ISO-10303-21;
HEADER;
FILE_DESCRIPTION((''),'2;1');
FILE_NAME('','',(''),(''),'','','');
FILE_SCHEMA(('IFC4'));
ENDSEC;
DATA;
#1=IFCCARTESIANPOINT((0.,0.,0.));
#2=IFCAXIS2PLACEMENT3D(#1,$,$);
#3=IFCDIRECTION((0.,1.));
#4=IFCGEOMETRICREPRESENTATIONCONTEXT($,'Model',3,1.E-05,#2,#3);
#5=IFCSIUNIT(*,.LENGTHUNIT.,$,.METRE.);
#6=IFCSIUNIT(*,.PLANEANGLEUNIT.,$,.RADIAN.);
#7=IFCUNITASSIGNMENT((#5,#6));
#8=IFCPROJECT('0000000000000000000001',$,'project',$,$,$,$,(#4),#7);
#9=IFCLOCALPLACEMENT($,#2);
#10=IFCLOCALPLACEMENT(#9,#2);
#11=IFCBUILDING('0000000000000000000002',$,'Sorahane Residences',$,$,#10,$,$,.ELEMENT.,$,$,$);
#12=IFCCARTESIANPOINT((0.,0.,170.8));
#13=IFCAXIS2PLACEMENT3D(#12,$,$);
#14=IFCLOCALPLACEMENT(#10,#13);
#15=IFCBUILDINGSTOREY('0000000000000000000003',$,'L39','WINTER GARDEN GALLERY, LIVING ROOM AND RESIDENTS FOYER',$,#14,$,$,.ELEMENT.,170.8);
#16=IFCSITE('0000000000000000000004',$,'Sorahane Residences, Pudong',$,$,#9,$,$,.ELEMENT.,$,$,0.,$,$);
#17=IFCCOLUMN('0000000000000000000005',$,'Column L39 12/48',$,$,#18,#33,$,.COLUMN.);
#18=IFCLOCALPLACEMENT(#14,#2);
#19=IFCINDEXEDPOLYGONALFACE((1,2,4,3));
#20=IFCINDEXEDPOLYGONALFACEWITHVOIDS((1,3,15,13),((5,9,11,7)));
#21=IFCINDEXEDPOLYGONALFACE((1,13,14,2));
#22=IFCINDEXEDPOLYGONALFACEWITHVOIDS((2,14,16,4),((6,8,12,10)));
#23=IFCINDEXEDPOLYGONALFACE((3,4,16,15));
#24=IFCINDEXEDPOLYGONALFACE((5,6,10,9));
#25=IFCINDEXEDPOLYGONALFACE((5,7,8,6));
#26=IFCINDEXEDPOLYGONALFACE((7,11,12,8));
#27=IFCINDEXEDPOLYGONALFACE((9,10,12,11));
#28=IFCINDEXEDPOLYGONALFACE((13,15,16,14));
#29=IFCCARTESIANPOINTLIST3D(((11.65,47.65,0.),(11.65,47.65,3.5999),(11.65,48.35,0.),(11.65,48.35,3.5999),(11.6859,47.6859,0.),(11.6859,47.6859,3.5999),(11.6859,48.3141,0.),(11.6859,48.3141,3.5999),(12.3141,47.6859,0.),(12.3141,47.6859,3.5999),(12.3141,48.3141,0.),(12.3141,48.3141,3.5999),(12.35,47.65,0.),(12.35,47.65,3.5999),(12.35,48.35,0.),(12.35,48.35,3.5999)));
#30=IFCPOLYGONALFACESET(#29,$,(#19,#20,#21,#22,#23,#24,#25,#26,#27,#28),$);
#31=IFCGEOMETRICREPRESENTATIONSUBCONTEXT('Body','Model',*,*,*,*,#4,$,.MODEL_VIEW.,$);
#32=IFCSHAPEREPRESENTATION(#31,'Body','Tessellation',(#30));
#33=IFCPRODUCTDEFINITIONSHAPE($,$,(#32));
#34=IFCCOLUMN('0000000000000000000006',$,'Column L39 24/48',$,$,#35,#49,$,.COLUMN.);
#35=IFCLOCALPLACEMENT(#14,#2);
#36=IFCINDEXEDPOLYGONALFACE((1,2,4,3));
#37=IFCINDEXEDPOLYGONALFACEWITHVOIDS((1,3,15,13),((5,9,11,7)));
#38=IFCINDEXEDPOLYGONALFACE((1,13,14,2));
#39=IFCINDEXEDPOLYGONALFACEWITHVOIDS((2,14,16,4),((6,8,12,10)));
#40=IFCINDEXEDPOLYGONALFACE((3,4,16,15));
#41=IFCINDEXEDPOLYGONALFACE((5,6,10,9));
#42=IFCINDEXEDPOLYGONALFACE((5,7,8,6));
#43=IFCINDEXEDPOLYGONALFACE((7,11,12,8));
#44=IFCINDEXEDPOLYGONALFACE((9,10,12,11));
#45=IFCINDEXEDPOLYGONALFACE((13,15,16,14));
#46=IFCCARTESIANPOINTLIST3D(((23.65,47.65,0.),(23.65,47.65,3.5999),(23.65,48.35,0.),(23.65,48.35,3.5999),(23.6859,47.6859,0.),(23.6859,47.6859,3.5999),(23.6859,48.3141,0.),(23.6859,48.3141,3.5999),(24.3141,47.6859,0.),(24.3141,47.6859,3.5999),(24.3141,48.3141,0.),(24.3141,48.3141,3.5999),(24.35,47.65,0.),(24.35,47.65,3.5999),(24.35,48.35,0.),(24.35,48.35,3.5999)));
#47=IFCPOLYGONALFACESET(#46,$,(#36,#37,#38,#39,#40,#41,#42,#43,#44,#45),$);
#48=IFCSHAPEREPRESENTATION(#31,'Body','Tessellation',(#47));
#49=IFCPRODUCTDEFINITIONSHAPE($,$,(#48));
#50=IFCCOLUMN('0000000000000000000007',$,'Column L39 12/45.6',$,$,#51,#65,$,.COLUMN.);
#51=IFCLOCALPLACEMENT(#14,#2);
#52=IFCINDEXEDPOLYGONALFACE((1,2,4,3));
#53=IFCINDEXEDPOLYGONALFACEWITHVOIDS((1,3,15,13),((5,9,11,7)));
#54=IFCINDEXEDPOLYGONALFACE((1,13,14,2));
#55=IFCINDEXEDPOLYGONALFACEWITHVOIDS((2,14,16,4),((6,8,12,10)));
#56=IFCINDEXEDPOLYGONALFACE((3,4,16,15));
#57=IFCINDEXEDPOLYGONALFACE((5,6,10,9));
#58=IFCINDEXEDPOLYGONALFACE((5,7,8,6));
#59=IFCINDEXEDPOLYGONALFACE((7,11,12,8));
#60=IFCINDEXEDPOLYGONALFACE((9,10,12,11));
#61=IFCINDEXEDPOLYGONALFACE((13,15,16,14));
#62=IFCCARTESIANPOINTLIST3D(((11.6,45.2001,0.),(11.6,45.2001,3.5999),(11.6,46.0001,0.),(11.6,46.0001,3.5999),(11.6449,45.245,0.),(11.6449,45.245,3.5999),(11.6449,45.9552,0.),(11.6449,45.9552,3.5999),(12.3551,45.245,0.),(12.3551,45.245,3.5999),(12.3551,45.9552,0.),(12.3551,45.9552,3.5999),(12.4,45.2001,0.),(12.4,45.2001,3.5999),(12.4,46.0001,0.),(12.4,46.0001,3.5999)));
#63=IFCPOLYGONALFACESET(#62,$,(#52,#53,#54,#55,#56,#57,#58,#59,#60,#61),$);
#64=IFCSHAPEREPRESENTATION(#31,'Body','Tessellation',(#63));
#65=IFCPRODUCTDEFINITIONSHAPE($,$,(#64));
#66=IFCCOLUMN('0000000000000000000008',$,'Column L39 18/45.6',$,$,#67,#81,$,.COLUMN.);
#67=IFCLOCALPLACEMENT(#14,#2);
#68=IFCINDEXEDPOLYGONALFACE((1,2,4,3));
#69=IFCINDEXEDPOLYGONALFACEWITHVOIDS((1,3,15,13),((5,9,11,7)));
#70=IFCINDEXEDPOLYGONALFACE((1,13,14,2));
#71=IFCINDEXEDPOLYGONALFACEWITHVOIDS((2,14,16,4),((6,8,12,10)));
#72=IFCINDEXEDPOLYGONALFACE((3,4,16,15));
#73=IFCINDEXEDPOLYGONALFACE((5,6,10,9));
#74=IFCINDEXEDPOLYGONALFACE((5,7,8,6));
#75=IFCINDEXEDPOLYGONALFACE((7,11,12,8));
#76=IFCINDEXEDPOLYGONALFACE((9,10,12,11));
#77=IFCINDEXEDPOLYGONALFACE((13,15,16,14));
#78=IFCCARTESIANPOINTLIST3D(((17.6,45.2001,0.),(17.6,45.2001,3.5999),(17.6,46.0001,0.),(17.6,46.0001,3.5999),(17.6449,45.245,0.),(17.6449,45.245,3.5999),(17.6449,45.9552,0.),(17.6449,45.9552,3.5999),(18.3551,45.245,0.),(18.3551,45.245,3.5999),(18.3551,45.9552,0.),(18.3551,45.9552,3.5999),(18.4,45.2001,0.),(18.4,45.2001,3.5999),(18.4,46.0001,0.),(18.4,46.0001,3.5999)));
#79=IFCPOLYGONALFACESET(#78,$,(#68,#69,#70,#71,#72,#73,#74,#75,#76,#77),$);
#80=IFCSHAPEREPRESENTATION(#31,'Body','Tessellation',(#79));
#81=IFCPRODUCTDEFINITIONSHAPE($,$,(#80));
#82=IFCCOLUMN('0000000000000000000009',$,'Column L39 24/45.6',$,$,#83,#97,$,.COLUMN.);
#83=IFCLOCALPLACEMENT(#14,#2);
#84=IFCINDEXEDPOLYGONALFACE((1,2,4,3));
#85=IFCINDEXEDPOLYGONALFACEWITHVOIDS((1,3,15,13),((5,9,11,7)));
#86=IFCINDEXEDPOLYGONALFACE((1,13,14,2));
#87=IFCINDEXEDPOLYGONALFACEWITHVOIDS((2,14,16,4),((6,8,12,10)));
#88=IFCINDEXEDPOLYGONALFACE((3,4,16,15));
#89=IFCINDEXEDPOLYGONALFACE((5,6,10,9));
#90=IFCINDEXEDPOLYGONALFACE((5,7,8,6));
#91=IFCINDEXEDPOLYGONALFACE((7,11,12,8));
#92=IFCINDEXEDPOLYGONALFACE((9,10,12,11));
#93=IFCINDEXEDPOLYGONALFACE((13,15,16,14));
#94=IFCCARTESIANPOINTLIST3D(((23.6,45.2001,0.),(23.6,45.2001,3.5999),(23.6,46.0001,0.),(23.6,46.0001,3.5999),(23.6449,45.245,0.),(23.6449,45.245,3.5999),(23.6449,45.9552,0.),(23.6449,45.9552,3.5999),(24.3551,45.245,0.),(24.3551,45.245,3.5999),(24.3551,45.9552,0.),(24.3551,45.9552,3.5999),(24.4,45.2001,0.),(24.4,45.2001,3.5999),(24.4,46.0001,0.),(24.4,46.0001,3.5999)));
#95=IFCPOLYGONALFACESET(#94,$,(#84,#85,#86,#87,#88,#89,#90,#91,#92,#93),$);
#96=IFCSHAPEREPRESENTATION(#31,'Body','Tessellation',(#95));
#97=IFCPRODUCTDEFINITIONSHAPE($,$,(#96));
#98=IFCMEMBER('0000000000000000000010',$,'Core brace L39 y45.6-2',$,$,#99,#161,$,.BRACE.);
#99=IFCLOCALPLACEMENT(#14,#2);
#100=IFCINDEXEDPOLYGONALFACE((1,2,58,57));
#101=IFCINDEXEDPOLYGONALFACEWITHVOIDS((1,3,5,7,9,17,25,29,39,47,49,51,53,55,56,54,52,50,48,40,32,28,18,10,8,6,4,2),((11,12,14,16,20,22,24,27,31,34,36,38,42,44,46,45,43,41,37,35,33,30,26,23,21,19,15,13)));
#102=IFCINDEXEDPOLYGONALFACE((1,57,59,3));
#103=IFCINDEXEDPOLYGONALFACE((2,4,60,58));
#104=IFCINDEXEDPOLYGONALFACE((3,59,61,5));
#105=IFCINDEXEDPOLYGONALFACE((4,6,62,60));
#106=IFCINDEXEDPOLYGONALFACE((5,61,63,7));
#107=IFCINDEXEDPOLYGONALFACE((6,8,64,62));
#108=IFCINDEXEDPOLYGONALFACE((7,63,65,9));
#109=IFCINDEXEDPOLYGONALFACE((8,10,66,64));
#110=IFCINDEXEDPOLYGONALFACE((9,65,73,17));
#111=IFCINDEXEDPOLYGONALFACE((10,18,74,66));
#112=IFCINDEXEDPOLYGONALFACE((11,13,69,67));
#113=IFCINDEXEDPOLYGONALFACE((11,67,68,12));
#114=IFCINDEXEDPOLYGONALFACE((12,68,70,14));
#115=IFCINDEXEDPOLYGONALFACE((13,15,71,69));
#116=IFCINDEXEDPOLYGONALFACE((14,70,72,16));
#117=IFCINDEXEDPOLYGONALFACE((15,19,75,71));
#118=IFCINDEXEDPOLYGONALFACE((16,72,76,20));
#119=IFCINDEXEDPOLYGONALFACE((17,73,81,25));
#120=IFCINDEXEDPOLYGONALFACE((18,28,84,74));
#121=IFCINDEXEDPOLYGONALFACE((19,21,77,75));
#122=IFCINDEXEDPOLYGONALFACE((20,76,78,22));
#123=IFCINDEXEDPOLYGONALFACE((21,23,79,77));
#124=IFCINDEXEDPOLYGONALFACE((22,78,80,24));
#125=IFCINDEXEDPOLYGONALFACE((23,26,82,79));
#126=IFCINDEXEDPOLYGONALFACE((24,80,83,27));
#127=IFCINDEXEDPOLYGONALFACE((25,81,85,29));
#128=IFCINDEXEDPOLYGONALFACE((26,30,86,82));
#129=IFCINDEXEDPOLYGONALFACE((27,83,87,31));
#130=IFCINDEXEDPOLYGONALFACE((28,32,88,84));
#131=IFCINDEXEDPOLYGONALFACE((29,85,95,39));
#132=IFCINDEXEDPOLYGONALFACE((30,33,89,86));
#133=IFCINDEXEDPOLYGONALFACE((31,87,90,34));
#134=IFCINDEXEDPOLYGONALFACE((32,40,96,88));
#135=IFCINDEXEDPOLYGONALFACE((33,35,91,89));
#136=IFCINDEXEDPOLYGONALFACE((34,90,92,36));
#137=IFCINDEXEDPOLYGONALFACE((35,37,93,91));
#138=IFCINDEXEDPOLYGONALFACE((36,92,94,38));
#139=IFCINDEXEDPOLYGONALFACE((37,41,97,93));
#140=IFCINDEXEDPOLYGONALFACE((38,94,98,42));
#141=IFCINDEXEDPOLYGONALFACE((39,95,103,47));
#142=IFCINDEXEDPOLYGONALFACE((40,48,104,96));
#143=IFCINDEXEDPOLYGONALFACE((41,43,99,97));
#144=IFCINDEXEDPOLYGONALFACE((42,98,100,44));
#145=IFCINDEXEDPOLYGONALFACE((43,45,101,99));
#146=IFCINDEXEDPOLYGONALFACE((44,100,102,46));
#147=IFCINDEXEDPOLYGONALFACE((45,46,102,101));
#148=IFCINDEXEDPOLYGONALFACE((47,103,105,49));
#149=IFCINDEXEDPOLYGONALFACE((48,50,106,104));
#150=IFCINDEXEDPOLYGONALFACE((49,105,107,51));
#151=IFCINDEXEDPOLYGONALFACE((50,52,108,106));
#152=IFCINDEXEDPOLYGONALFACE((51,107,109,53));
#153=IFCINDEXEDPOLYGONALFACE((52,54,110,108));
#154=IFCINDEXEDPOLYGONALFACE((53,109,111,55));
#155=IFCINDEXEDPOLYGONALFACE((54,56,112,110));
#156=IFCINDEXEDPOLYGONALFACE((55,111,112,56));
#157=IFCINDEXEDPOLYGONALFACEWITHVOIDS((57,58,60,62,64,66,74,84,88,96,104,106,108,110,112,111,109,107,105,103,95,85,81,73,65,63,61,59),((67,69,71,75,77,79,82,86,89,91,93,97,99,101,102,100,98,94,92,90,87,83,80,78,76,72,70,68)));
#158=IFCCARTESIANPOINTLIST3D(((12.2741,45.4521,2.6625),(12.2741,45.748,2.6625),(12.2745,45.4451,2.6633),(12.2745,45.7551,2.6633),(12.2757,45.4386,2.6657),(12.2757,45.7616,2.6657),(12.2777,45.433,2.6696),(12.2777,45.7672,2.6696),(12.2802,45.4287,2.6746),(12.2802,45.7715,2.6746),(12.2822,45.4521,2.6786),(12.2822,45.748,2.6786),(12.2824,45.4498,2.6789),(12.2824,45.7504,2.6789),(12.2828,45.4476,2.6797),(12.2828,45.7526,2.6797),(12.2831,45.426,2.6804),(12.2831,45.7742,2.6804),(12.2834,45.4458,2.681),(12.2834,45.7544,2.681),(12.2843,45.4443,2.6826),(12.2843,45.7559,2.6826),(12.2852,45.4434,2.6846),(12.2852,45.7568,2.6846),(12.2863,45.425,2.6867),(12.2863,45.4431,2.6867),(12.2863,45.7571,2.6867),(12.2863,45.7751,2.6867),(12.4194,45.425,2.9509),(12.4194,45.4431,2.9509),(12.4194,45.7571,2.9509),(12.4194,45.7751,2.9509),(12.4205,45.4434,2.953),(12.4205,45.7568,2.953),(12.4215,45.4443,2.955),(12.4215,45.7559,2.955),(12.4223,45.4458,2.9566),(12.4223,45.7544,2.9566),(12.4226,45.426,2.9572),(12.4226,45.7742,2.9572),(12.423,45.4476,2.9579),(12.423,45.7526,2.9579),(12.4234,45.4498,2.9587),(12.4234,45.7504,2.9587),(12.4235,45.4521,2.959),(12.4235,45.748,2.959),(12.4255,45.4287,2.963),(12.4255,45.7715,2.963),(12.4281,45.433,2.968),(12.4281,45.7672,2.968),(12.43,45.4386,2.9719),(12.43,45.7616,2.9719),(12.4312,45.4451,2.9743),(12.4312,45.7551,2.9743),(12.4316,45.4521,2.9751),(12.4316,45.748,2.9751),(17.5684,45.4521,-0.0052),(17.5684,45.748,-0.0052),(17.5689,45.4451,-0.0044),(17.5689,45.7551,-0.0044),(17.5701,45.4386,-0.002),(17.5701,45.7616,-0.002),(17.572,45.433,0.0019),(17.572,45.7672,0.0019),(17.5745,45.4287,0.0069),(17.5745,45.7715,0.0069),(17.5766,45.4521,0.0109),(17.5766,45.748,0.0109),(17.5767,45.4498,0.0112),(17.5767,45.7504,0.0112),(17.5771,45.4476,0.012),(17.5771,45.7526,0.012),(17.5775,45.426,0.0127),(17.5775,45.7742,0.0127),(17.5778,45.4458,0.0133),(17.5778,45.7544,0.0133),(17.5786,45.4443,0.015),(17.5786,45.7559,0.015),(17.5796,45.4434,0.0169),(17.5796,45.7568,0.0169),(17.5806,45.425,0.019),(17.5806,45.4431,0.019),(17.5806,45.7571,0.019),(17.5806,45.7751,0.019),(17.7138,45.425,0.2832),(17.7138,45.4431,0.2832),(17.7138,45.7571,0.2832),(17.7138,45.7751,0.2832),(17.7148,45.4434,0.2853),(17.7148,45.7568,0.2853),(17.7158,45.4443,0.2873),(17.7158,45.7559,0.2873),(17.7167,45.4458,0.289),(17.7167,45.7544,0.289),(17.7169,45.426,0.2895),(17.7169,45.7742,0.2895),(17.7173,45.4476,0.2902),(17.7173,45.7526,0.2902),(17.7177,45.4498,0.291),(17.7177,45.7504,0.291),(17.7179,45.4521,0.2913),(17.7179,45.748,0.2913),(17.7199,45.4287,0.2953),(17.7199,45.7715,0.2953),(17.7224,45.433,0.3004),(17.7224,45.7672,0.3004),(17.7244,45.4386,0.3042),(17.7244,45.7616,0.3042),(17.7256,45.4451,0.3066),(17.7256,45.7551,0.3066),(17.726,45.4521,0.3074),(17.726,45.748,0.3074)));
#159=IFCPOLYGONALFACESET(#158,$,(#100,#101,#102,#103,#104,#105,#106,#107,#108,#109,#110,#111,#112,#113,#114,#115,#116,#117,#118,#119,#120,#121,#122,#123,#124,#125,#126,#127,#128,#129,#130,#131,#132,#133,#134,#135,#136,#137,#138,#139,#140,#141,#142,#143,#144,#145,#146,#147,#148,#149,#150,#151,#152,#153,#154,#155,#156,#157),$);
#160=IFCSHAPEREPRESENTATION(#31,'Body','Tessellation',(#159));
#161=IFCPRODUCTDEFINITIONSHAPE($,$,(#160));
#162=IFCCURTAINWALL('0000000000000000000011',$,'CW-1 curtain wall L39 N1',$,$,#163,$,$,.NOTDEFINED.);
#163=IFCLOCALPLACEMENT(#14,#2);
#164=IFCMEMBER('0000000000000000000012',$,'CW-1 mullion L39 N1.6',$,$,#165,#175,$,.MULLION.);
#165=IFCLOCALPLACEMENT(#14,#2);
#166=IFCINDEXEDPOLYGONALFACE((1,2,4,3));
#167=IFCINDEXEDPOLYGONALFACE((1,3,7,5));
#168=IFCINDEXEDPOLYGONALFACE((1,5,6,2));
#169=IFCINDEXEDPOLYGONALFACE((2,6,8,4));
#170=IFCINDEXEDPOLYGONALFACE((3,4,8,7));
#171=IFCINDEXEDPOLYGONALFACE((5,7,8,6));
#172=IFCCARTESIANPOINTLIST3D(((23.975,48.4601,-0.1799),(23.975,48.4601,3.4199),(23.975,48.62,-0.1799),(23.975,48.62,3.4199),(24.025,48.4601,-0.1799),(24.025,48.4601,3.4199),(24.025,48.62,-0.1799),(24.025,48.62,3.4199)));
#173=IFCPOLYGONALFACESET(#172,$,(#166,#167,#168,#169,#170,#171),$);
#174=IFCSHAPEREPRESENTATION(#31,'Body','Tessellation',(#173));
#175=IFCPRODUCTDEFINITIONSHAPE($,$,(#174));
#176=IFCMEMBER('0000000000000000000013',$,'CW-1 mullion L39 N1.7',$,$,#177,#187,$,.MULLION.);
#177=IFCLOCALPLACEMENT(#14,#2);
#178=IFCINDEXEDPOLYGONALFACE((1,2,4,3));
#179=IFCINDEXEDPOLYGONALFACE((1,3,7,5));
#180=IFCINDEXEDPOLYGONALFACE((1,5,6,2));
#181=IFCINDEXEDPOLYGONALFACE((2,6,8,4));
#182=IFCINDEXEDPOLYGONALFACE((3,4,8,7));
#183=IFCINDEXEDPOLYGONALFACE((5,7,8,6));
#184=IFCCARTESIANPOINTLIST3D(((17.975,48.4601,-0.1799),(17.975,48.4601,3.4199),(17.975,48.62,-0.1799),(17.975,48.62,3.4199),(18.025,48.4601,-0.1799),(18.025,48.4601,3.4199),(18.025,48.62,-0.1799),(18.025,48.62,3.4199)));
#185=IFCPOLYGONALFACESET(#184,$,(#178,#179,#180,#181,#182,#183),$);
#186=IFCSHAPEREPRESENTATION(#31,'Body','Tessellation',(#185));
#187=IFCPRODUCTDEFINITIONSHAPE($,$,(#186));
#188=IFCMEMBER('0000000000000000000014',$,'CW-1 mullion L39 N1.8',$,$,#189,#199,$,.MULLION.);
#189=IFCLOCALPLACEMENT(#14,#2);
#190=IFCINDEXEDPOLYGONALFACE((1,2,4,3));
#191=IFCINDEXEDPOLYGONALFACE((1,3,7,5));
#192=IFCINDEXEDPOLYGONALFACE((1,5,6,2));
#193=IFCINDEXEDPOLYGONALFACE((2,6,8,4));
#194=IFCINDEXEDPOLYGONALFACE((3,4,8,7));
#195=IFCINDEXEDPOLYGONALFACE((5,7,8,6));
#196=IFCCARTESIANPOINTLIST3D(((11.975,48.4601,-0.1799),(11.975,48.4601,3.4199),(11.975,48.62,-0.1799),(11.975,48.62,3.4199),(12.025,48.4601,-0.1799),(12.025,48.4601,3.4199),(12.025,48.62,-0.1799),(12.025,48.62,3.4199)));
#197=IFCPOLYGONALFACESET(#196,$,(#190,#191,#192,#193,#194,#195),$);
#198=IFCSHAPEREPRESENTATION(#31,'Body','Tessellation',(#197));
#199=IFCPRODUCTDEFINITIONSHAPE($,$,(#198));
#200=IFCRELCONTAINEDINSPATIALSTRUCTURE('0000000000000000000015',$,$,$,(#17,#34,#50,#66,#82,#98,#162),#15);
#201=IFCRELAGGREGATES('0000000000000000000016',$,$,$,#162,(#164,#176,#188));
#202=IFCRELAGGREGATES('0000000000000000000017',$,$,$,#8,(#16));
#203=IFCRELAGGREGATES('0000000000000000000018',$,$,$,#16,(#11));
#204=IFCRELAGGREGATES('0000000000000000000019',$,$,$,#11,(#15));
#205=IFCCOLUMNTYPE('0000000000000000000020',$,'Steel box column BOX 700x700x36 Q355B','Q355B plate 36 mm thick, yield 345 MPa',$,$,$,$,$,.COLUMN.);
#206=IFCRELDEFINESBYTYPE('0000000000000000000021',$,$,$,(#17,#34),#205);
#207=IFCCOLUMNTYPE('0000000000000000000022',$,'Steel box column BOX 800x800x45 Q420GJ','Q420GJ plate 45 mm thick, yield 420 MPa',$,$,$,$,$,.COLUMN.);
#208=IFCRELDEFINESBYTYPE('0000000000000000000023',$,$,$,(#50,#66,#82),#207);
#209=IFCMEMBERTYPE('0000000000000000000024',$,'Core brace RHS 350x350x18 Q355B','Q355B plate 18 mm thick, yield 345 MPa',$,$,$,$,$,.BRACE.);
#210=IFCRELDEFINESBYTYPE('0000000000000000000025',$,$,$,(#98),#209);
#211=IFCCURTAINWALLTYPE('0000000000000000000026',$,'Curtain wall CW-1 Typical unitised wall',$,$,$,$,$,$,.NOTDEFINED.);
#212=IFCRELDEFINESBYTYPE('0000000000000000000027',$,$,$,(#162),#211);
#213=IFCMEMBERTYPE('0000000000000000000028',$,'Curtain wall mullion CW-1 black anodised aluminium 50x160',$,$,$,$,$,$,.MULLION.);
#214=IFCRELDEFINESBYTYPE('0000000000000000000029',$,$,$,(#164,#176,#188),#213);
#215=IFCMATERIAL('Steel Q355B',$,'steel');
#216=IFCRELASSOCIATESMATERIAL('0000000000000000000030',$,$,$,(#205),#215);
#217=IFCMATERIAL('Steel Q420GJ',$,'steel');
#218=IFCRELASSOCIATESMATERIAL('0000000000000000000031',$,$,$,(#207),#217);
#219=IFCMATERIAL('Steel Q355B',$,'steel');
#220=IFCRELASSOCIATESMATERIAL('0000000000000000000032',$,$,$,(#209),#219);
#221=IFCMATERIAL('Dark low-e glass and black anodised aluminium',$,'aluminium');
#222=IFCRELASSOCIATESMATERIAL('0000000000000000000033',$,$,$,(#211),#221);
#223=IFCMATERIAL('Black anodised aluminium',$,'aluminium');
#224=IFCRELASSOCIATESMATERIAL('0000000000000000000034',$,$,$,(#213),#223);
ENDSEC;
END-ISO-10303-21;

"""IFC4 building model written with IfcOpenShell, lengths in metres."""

from ifc_helpers import new_model, si_unit, direction, frame, origin, origin_2d, place, context, subcontext, project, spatial, rectangle, hollow_rectangle, extrude, material, material_profile, profile_set, type_object, element, aggregate, save


model = new_model("IFC4")

# Units and contexts
model_context = context("Model", 3, precision=1e-05, world=origin(), true_north=direction((0.0, 1.0)))
body_context = subcontext(model_context, "Body", "Model", "MODEL_VIEW")
ifc_project = project(units=[si_unit("LENGTHUNIT", "METRE"), si_unit("PLANEANGLEUNIT", "RADIAN")], contexts=[model_context])

# Site, building, storey
site_placement = place(None, origin())
site = spatial("IfcSite", under=ifc_project, at=site_placement, Name="Sorahane Residences, Pudong", CompositionType="ELEMENT", RefElevation=0.0)
building_placement = place(site_placement, origin())
building = spatial("IfcBuilding", under=site, at=building_placement, Name="Sorahane Residences", CompositionType="ELEMENT")
storey_placement = place(building_placement, frame((0.0, 0.0, 170.8)))
storey = spatial("IfcBuildingStorey", under=building, at=storey_placement, Name="L39", Description="WINTER GARDEN GALLERY, LIVING ROOM AND RESIDENTS FOYER", CompositionType="ELEMENT", Elevation=170.8)

# Columns
ifc_material_1 = material(Name="Steel Q355B", Category="steel")
ifc_material_profile_1 = material_profile(ifc_material_1, hollow_rectangle(XDim=0.7, YDim=0.7, WallThickness=0.0359, at=origin_2d()), Name="BOX 700x700x36")
ifc_profile_set_1 = profile_set([ifc_material_profile_1], Name="Steel Q355B")
column_type_1 = type_object("IfcColumnType", Name="Steel box column BOX 700x700x36 Q355B", Description="Q355B plate 36 mm thick, yield 345 MPa", PredefinedType="COLUMN", material=ifc_profile_set_1)
for number, where, z_axis, x_axis, name in (
    (1, (12.0, 48.0, 0.0), (0.0, 0.0, 1.0), (1.0, 0.0, 0.0), "Column L39 12/48"),
    (2, (24.0, 48.0, 0.0), (0.0, 0.0, 1.0), (1.0, 0.0, 0.0), "Column L39 24/48"),
):
    element("IfcColumn", number, at=place(storey_placement, frame(where, z_axis=z_axis, x_axis=x_axis)), inside=storey, type_object=column_type_1, Name=name, PredefinedType="COLUMN", context=body_context, shape_type="SweptSolid", body=[
        extrude(hollow_rectangle(XDim=0.7, YDim=0.7, WallThickness=0.0359, at=origin_2d()), origin(), (0.0, 0.0, 1.0), 3.5999),
    ])
ifc_material_2 = material(Name="Steel Q420GJ", Category="steel")
ifc_material_profile_2 = material_profile(ifc_material_2, hollow_rectangle(XDim=0.8, YDim=0.8, WallThickness=0.0449, at=origin_2d()), Name="BOX 800x800x45")
ifc_profile_set_2 = profile_set([ifc_material_profile_2], Name="Steel Q420GJ")
column_type_2 = type_object("IfcColumnType", Name="Steel box column BOX 800x800x45 Q420GJ", Description="Q420GJ plate 45 mm thick, yield 420 MPa", PredefinedType="COLUMN", material=ifc_profile_set_2)
for number, where, z_axis, x_axis, name in (
    (3, (12.0, 45.6001, 0.0), (0.0, 0.0, 1.0), (1.0, 0.0, 0.0), "Column L39 12/45.6"),
    (4, (18.0, 45.6001, 0.0), (0.0, 0.0, 1.0), (1.0, 0.0, 0.0), "Column L39 18/45.6"),
    (5, (24.0, 45.6001, 0.0), (0.0, 0.0, 1.0), (1.0, 0.0, 0.0), "Column L39 24/45.6"),
):
    element("IfcColumn", number, at=place(storey_placement, frame(where, z_axis=z_axis, x_axis=x_axis)), inside=storey, type_object=column_type_2, Name=name, PredefinedType="COLUMN", context=body_context, shape_type="SweptSolid", body=[
        extrude(hollow_rectangle(XDim=0.8, YDim=0.8, WallThickness=0.0449, at=origin_2d()), origin(), (0.0, 0.0, 1.0), 3.5999),
    ])

# Member
ifc_material_3 = material(Name="Steel Q355B", Category="steel")
ifc_material_profile_3 = material_profile(ifc_material_3, hollow_rectangle(XDim=0.3501, YDim=0.3501, WallThickness=0.0181, InnerFilletRadius=0.009, OuterFilletRadius=0.0271, at=origin_2d()), Name="RHS 350x350x18")
ifc_profile_set_3 = profile_set([ifc_material_profile_3], Name="Steel Q355B")
member_type_1 = type_object("IfcMemberType", Name="Core brace RHS 350x350x18 Q355B", Description="Q355B plate 18 mm thick, yield 345 MPa", PredefinedType="BRACE", material=ifc_profile_set_3)
member_1_placement = place(storey_placement, frame((17.6472, 45.6001, 0.1511), z_axis=(-0.893039, 0.0, 0.449979), x_axis=(0.0, -1.0, 0.0)))
element("IfcMember", 6, at=member_1_placement, inside=storey, type_object=member_type_1, Name="Core brace L39 y45.6-2", PredefinedType="BRACE", context=body_context, shape_type="SweptSolid", body=[
    extrude(hollow_rectangle(XDim=0.3501, YDim=0.3501, WallThickness=0.0181, InnerFilletRadius=0.009, OuterFilletRadius=0.0271, at=origin_2d()), origin(), (0.0, 0.0, 1.0), 5.9285),
])

# Curtain wall, members
ifc_material_4 = material(Name="Dark low-e glass and black anodised aluminium", Category="aluminium")
curtain_wall_type = type_object("IfcCurtainWallType", Name="Curtain wall CW-1 Typical unitised wall", PredefinedType="NOTDEFINED", material=ifc_material_4)
curtain_wall_placement = place(storey_placement, origin())
curtain_wall = element("IfcCurtainWall", 7, at=curtain_wall_placement, inside=storey, type_object=curtain_wall_type, Name="CW-1 curtain wall L39 N1", PredefinedType="NOTDEFINED")
ifc_material_5 = material(Name="Black anodised aluminium", Category="aluminium")
ifc_material_profile_4 = material_profile(ifc_material_5, rectangle(XDim=0.1599, YDim=0.05, at=origin_2d()), Name="Curtain wall mullion CW-1 black anodised aluminium 50x160")
ifc_profile_set_4 = profile_set([ifc_material_profile_4], Name="Black anodised aluminium")
member_type_2 = type_object("IfcMemberType", Name="Curtain wall mullion CW-1 black anodised aluminium 50x160", PredefinedType="MULLION", material=ifc_profile_set_4)
member_2_placement = place(storey_placement, frame((24.0, 48.54, -0.1799), z_axis=(0.0, 0.0, 1.0), x_axis=(0.0, 1.0, 0.0)))
member_2 = element("IfcMember", 8, at=member_2_placement, type_object=member_type_2, Name="CW-1 mullion L39 N1.6", PredefinedType="MULLION", context=body_context, shape_type="SweptSolid", body=[
    extrude(rectangle(XDim=0.1599, YDim=0.05, at=origin_2d()), origin(), (0.0, 0.0, 1.0), 3.5999),
])
member_3_placement = place(storey_placement, frame((18.0, 48.54, -0.1799), z_axis=(0.0, 0.0, 1.0), x_axis=(0.0, 1.0, 0.0)))
member_3 = element("IfcMember", 9, at=member_3_placement, type_object=member_type_2, Name="CW-1 mullion L39 N1.7", PredefinedType="MULLION", context=body_context, shape_type="SweptSolid", body=[
    extrude(rectangle(XDim=0.1599, YDim=0.05, at=origin_2d()), origin(), (0.0, 0.0, 1.0), 3.5999),
])
member_4_placement = place(storey_placement, frame((12.0, 48.54, -0.1799), z_axis=(0.0, 0.0, 1.0), x_axis=(0.0, 1.0, 0.0)))
member_4 = element("IfcMember", 10, at=member_4_placement, type_object=member_type_2, Name="CW-1 mullion L39 N1.8", PredefinedType="MULLION", context=body_context, shape_type="SweptSolid", body=[
    extrude(rectangle(XDim=0.1599, YDim=0.05, at=origin_2d()), origin(), (0.0, 0.0, 1.0), 3.5999),
])

aggregate(curtain_wall, [member_2, member_3, member_4])

save(model, "model.ifc")
